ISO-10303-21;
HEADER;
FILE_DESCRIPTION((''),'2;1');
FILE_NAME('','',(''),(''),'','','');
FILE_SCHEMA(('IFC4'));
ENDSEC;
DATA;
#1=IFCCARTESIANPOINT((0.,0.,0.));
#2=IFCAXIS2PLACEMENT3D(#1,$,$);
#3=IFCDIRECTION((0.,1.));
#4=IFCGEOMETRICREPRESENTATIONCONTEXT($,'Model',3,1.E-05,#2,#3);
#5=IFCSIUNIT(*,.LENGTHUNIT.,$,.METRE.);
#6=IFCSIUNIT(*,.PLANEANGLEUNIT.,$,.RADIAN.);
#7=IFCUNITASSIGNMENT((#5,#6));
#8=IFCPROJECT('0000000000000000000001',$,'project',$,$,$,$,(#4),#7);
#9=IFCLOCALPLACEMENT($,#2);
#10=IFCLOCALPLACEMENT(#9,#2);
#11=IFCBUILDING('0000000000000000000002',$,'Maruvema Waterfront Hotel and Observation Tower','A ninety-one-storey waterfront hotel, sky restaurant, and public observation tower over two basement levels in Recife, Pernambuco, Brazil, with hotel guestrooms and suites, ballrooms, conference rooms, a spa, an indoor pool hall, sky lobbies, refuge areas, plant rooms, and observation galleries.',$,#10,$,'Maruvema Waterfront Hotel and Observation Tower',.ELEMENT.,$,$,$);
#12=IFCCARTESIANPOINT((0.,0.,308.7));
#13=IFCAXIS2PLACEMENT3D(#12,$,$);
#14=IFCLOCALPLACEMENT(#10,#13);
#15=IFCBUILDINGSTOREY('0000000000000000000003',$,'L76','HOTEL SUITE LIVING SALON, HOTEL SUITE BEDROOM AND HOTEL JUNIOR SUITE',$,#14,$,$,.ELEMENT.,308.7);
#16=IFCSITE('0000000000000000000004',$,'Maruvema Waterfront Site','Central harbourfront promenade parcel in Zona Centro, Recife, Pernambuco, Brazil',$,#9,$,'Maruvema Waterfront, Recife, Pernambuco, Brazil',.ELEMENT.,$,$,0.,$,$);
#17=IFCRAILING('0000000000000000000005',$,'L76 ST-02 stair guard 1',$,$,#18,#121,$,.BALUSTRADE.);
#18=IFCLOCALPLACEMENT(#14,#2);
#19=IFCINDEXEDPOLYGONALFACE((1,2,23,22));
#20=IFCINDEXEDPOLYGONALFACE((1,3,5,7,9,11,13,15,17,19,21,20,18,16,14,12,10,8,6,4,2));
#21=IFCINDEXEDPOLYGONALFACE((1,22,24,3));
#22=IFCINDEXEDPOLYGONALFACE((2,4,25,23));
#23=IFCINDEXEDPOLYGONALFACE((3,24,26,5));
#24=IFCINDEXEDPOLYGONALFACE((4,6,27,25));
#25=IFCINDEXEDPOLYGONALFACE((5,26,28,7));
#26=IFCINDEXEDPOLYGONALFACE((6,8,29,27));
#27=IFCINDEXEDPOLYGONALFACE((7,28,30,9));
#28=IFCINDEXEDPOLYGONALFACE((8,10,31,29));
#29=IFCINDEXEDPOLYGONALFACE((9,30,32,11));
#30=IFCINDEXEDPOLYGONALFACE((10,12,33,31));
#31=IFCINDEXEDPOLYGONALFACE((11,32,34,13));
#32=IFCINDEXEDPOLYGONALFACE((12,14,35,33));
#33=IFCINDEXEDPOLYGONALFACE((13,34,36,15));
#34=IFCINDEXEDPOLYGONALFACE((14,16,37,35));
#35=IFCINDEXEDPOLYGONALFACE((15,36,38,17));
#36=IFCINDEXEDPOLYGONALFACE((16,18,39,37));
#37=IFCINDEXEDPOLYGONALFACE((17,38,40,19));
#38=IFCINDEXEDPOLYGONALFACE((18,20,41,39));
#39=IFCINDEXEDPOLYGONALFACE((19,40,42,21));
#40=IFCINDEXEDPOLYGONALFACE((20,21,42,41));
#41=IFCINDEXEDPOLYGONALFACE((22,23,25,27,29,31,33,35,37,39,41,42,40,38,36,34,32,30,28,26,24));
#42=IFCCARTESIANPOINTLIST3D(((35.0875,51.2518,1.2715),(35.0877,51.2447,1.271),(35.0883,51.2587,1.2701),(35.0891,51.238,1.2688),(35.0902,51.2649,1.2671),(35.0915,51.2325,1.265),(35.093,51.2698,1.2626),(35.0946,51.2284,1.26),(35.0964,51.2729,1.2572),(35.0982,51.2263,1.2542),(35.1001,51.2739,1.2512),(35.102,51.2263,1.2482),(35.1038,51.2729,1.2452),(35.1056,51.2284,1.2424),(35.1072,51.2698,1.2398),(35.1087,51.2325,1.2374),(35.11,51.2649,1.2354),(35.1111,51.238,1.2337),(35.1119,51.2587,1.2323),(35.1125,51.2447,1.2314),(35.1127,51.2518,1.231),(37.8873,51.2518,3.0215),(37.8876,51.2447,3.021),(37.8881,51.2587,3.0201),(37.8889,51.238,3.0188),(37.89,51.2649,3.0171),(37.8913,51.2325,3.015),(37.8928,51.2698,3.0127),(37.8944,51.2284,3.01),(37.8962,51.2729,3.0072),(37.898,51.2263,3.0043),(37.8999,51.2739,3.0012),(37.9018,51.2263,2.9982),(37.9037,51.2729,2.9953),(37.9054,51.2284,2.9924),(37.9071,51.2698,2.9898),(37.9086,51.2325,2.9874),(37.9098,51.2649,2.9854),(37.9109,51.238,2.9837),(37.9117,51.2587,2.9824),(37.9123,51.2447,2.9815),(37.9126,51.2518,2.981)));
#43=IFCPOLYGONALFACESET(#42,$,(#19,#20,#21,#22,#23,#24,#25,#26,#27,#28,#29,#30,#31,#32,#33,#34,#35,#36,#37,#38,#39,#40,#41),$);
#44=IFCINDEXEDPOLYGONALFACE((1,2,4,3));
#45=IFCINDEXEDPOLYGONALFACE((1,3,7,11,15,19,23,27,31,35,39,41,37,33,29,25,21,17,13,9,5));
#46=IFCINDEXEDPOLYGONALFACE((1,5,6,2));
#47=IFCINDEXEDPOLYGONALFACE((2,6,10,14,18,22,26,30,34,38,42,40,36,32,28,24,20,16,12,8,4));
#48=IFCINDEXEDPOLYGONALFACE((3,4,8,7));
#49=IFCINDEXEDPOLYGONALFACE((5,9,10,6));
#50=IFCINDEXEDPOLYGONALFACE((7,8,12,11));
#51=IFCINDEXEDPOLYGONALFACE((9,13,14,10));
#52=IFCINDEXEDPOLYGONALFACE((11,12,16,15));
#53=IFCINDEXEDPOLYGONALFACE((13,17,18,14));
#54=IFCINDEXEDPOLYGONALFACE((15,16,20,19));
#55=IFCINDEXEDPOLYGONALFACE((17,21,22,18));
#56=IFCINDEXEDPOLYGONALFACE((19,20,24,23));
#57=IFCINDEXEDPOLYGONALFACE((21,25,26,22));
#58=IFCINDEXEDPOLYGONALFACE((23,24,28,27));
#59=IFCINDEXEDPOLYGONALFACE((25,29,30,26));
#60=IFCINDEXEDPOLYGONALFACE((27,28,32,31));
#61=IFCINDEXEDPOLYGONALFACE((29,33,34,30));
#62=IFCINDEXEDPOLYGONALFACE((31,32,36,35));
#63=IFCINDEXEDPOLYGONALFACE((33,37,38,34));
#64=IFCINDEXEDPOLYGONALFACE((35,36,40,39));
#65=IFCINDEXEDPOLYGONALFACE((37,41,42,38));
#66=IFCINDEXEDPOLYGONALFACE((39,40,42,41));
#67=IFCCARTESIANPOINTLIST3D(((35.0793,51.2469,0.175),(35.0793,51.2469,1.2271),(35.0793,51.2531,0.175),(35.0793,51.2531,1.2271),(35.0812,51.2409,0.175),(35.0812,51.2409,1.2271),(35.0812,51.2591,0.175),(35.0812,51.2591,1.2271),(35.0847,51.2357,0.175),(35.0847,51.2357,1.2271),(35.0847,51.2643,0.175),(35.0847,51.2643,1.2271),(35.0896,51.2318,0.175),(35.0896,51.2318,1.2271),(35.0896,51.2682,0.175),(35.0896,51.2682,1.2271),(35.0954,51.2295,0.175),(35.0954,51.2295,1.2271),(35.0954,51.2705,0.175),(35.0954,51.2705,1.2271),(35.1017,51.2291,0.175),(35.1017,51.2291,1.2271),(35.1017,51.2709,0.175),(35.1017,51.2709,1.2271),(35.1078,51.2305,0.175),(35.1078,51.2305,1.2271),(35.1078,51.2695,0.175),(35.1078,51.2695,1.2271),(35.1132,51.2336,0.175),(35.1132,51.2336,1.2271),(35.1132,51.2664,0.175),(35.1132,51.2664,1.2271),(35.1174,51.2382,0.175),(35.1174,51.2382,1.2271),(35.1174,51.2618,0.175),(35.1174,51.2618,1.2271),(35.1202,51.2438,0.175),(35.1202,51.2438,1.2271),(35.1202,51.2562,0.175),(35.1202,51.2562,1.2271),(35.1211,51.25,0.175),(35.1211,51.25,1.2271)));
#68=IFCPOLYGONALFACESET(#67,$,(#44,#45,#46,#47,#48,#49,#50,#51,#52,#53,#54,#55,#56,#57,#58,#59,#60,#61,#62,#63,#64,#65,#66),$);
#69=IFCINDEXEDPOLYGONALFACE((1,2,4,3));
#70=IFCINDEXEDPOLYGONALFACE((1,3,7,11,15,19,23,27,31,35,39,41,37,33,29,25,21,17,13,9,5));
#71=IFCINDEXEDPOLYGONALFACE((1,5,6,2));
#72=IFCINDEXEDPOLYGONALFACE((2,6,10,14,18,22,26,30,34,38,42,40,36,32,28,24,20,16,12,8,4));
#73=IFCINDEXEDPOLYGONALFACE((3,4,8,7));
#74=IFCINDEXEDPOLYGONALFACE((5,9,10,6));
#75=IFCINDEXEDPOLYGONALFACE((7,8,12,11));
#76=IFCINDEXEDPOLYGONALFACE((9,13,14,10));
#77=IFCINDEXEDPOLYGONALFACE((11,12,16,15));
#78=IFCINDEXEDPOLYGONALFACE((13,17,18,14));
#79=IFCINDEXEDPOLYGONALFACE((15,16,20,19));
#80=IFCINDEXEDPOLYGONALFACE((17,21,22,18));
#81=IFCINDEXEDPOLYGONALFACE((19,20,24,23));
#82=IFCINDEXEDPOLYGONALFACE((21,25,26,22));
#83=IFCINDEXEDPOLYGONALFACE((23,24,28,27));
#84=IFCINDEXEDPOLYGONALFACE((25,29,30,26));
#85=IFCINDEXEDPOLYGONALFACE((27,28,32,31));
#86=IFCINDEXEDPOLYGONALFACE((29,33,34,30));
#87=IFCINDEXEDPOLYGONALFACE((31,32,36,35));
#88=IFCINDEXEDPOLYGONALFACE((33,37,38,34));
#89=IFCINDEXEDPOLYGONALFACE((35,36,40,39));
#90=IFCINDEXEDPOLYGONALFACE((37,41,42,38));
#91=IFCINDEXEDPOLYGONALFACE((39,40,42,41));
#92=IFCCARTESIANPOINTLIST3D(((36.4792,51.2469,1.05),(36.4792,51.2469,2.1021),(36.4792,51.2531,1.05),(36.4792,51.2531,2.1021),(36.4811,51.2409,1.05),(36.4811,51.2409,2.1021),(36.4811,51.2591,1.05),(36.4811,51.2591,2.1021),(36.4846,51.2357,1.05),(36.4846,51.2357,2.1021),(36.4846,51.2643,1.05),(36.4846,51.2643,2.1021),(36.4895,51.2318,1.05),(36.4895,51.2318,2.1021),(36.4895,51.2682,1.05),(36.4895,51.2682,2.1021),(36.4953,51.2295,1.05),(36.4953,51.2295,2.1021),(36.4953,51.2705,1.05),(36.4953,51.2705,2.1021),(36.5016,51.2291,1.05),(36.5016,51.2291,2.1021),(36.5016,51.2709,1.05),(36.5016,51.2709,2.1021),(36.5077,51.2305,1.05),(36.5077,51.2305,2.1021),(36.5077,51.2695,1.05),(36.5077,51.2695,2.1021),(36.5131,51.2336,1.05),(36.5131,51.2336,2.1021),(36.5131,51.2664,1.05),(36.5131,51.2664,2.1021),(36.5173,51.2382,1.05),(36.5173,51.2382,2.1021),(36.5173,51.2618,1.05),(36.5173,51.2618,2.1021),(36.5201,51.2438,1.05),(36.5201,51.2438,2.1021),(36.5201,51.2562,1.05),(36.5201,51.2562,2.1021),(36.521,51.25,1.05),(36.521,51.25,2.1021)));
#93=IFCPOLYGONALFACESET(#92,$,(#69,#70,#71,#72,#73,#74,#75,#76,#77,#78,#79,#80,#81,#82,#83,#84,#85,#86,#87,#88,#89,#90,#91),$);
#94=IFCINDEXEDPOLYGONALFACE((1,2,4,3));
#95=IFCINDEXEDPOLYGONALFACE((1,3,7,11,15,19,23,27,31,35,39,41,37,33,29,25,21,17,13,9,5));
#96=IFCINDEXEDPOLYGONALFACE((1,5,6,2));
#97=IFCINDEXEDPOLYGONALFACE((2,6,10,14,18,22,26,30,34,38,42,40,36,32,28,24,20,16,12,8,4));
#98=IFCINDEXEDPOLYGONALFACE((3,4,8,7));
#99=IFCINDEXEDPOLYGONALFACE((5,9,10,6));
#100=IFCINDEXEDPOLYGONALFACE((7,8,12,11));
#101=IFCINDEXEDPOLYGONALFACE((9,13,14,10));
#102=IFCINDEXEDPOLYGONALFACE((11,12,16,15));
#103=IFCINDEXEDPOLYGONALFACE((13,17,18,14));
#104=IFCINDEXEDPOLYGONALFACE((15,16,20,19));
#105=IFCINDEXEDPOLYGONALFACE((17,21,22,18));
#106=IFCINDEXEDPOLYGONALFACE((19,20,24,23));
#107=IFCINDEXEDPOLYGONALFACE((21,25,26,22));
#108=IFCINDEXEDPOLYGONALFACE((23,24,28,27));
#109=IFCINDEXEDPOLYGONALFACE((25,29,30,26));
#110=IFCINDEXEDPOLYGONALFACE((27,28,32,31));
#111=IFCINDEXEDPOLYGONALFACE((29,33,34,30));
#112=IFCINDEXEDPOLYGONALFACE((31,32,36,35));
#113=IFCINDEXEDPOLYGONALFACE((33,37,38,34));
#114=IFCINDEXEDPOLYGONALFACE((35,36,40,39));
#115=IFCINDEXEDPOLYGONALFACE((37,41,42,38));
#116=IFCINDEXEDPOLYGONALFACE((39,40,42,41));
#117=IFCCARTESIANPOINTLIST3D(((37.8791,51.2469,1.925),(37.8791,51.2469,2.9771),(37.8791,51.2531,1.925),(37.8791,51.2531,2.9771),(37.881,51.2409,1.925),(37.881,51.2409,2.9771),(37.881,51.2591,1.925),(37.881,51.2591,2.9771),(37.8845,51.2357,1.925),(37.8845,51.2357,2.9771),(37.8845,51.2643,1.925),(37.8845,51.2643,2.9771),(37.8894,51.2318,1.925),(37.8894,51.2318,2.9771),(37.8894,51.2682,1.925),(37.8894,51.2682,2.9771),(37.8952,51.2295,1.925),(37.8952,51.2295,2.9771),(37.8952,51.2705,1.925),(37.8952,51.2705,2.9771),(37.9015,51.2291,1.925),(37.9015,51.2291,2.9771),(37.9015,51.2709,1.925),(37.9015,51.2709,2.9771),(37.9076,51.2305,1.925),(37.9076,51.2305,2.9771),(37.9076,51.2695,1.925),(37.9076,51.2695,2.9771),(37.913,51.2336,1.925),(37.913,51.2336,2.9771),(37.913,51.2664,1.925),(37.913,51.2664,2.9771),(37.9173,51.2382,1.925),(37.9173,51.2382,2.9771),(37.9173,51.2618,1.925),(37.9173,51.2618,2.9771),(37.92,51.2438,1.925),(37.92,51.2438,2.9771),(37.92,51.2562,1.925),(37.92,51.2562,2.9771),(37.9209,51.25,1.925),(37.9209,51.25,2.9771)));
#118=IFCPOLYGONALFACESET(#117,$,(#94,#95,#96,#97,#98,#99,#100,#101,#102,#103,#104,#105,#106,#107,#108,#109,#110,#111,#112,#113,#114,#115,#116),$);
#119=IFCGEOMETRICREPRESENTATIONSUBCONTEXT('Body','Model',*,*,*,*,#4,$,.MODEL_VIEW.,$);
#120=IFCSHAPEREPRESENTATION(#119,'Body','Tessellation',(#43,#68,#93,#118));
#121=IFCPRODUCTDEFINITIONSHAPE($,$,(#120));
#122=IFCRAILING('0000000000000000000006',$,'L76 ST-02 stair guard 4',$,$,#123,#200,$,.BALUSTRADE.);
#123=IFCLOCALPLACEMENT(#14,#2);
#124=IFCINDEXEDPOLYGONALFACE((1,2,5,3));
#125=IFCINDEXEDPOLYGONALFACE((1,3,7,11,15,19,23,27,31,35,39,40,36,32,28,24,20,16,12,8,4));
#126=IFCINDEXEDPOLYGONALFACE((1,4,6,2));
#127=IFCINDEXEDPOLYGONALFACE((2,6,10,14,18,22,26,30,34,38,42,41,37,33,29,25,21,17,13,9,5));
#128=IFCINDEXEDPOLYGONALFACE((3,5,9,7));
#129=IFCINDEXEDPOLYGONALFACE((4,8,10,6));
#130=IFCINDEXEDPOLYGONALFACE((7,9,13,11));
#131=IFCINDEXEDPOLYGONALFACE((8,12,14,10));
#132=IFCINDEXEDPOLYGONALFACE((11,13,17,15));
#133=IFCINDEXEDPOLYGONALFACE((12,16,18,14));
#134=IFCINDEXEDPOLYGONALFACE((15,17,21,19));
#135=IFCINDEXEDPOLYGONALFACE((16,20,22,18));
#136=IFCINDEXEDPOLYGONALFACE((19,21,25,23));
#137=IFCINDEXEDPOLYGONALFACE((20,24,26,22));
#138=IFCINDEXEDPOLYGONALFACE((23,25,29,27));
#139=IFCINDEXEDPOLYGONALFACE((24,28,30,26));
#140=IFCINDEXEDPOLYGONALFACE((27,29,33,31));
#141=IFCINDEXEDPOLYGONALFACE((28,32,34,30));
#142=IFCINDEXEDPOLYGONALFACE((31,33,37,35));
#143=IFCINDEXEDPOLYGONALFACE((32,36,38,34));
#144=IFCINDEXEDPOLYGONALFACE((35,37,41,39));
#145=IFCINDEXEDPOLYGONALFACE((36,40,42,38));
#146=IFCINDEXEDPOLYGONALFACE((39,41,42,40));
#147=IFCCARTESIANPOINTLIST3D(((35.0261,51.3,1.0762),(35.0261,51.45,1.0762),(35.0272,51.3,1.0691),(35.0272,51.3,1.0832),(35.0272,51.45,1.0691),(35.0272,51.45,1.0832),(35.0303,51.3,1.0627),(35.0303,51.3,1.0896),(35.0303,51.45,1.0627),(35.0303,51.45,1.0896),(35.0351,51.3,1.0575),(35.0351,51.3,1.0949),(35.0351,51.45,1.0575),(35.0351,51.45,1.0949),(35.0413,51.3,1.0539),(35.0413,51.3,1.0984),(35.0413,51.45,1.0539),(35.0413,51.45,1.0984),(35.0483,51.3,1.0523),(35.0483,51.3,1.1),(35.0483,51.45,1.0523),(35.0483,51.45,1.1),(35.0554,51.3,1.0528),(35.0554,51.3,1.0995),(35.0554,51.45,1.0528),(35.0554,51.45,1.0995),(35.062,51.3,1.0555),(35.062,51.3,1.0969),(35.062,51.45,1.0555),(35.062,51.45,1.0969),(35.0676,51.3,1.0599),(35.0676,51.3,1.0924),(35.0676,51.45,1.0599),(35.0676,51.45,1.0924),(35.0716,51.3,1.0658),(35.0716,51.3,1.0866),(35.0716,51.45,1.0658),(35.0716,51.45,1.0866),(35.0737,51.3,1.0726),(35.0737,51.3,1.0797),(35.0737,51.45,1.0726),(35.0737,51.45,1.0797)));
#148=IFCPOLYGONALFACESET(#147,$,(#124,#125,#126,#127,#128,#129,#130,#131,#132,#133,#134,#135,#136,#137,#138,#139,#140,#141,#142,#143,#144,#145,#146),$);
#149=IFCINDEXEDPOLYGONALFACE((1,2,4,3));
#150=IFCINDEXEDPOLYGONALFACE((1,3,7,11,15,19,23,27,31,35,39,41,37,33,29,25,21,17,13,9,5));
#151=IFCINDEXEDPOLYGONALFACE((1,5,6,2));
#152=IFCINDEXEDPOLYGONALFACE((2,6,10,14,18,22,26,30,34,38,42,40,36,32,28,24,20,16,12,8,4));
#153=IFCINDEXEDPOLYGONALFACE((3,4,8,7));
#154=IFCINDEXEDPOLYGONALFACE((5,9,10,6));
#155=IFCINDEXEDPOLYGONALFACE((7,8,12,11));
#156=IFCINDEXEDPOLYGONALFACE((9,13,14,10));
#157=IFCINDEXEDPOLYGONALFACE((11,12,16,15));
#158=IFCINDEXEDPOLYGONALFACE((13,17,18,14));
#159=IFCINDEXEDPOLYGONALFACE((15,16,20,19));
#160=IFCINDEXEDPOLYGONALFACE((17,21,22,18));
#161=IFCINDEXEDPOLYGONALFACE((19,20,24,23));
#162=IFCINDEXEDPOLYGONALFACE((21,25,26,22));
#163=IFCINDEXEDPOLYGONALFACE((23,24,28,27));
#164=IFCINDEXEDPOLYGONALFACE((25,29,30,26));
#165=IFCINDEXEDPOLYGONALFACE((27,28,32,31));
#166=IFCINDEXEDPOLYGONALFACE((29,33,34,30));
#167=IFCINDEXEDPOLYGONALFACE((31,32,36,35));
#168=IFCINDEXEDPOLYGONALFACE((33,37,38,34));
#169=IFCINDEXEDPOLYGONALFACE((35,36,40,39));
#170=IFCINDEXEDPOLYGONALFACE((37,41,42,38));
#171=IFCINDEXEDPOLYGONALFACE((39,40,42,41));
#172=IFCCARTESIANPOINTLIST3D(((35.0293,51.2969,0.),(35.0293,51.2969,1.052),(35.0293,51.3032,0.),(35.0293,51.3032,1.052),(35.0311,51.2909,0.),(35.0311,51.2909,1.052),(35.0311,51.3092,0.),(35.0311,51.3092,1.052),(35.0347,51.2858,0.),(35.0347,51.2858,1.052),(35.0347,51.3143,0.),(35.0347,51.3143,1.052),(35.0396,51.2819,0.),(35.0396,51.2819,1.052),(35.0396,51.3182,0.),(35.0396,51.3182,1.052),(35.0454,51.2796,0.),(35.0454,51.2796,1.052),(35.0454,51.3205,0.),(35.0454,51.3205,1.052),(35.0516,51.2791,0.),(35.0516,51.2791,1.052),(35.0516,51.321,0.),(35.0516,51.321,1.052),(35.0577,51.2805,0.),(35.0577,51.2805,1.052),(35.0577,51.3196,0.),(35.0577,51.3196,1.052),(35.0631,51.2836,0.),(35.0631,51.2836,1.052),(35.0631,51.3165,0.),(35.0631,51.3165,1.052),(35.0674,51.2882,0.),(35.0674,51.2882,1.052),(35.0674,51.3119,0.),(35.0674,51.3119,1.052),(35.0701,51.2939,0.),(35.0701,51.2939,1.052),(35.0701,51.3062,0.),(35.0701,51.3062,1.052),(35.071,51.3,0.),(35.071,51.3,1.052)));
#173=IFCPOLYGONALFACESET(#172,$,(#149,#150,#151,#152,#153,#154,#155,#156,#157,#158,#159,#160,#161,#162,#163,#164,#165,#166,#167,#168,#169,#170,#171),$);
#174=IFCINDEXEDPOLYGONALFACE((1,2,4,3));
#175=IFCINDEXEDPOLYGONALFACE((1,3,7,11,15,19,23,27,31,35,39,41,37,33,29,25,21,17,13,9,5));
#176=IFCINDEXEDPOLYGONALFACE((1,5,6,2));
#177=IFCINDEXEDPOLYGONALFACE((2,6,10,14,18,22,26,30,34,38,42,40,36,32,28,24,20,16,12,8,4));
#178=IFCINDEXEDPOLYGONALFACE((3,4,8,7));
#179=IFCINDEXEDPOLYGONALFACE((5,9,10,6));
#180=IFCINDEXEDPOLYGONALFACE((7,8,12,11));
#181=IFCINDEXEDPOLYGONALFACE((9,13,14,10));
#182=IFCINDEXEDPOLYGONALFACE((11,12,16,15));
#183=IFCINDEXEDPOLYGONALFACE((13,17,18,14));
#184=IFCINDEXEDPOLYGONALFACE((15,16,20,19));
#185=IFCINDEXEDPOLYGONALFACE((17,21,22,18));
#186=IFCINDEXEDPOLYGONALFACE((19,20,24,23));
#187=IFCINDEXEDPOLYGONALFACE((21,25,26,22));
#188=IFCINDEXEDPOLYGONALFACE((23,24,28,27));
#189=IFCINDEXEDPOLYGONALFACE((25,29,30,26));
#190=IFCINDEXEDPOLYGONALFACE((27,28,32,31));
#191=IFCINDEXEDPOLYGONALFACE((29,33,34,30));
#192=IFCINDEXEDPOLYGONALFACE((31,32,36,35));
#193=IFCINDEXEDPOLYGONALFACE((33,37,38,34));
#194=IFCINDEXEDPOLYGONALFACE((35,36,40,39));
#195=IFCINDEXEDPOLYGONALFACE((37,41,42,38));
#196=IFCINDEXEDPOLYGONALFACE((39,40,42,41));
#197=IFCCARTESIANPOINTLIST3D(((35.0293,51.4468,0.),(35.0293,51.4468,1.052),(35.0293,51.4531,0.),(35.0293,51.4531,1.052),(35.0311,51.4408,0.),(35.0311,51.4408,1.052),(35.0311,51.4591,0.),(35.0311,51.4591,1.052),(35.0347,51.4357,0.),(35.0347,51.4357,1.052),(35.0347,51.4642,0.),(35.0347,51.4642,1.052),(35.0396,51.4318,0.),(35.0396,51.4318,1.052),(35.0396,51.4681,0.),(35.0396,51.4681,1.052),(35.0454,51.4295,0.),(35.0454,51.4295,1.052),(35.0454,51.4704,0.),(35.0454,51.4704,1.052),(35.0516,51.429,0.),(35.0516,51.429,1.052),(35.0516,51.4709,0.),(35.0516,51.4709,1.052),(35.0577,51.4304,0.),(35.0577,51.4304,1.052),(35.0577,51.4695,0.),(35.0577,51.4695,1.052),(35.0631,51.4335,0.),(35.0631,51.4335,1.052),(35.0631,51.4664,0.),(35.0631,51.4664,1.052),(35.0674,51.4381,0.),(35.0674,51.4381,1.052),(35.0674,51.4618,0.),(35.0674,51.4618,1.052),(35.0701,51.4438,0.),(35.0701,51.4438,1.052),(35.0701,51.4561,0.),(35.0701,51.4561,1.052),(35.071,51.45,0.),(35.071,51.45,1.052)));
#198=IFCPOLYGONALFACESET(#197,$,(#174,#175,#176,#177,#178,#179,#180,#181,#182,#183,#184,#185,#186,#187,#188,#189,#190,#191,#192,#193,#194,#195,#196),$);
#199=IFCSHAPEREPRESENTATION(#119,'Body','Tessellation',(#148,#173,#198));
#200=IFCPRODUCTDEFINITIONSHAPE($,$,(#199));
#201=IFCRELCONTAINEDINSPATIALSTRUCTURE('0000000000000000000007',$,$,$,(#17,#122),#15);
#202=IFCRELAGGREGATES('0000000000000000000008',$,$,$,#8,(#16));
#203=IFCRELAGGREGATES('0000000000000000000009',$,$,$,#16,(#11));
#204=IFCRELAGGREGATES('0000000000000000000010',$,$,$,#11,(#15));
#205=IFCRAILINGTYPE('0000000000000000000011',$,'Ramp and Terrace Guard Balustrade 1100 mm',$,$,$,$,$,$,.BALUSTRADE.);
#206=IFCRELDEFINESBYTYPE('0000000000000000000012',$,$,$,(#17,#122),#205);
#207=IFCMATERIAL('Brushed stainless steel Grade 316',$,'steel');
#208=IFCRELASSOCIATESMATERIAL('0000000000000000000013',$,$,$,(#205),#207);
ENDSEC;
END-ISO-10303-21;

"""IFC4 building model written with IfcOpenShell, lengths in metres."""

from ifc_helpers import new_model, si_unit, direction, frame, origin, origin_2d, place, context, subcontext, project, spatial, circle, extrude, material, type_object, element, save


model = new_model("IFC4")

# Units and contexts
model_context = context("Model", 3, precision=1e-05, world=origin(), true_north=direction((0.0, 1.0)))
body_context = subcontext(model_context, "Body", "Model", "MODEL_VIEW")
ifc_project = project(units=[si_unit("LENGTHUNIT", "METRE"), si_unit("PLANEANGLEUNIT", "RADIAN")], contexts=[model_context])

# Site, building, storey
site_placement = place(None, origin())
site = spatial("IfcSite", under=ifc_project, at=site_placement, Name="Maruvema Waterfront Site", Description="Central harbourfront promenade parcel in Zona Centro, Recife, Pernambuco, Brazil", LongName="Maruvema Waterfront, Recife, Pernambuco, Brazil", CompositionType="ELEMENT", RefElevation=0.0)
building_placement = place(site_placement, origin())
building = spatial("IfcBuilding", under=site, at=building_placement, Name="Maruvema Waterfront Hotel and Observation Tower", Description="A ninety-one-storey waterfront hotel, sky restaurant, and public observation tower over two basement levels in Recife, Pernambuco, Brazil, with hotel guestrooms and suites, ballrooms, conference rooms, a spa, an indoor pool hall, sky lobbies, refuge areas, plant rooms, and observation galleries.", LongName="Maruvema Waterfront Hotel and Observation Tower", CompositionType="ELEMENT")
storey_placement = place(building_placement, frame((0.0, 0.0, 308.7)))
storey = spatial("IfcBuildingStorey", under=building, at=storey_placement, Name="L76", Description="HOTEL SUITE LIVING SALON, HOTEL SUITE BEDROOM AND HOTEL JUNIOR SUITE", CompositionType="ELEMENT", Elevation=308.7)

# Railings
ifc_material_1 = material(Name="Brushed stainless steel Grade 316", Category="steel")
railing_type_1 = type_object("IfcRailingType", Name="Ramp and Terrace Guard Balustrade 1100 mm", PredefinedType="BALUSTRADE", material=ifc_material_1)
railing_1_placement = place(storey_placement, frame((35.1001, 51.25, 0.175)))
element("IfcRailing", 1, at=railing_1_placement, inside=storey, type_object=railing_type_1, Name="L76 ST-02 stair guard 1", PredefinedType="BALUSTRADE", context=body_context, shape_type="SweptSolid", body=[
    extrude(circle(Radius=0.0239, at=origin_2d()), frame((0.0, 0.0, 1.0762), z_axis=(0.847982, 0.0, 0.530026), x_axis=(0.0, 1.0, 0.0)), (0.0, 0.0, 1.0), 3.3018),
    extrude(circle(Radius=0.021, at=origin_2d()), origin(), (0.0, 0.0, 1.0), 1.052),
    extrude(circle(Radius=0.021, at=origin_2d()), frame((1.3999, 0.0, 0.875)), (0.0, 0.0, 1.0), 1.052),
    extrude(circle(Radius=0.021, at=origin_2d()), frame((2.7998, 0.0, 1.75)), (0.0, 0.0, 1.0), 1.052),
])
railing_2_placement = place(storey_placement, frame((35.05, 51.3, 0.0)))
element("IfcRailing", 2, at=railing_2_placement, inside=storey, type_object=railing_type_1, Name="L76 ST-02 stair guard 4", PredefinedType="BALUSTRADE", context=body_context, shape_type="SweptSolid", body=[
    extrude(circle(Radius=0.0239, at=origin_2d()), frame((0.0, 0.0, 1.0762), z_axis=(0.0, 1.0, 0.0), x_axis=(-1.0, 0.0, 0.0)), (0.0, 0.0, 1.0), 0.1499),
    extrude(circle(Radius=0.021, at=origin_2d()), origin(), (0.0, 0.0, 1.0), 1.052),
    extrude(circle(Radius=0.021, at=origin_2d()), frame((0.0, 0.1499, 0.0)), (0.0, 0.0, 1.0), 1.052),
])

save(model, "model.ifc")
